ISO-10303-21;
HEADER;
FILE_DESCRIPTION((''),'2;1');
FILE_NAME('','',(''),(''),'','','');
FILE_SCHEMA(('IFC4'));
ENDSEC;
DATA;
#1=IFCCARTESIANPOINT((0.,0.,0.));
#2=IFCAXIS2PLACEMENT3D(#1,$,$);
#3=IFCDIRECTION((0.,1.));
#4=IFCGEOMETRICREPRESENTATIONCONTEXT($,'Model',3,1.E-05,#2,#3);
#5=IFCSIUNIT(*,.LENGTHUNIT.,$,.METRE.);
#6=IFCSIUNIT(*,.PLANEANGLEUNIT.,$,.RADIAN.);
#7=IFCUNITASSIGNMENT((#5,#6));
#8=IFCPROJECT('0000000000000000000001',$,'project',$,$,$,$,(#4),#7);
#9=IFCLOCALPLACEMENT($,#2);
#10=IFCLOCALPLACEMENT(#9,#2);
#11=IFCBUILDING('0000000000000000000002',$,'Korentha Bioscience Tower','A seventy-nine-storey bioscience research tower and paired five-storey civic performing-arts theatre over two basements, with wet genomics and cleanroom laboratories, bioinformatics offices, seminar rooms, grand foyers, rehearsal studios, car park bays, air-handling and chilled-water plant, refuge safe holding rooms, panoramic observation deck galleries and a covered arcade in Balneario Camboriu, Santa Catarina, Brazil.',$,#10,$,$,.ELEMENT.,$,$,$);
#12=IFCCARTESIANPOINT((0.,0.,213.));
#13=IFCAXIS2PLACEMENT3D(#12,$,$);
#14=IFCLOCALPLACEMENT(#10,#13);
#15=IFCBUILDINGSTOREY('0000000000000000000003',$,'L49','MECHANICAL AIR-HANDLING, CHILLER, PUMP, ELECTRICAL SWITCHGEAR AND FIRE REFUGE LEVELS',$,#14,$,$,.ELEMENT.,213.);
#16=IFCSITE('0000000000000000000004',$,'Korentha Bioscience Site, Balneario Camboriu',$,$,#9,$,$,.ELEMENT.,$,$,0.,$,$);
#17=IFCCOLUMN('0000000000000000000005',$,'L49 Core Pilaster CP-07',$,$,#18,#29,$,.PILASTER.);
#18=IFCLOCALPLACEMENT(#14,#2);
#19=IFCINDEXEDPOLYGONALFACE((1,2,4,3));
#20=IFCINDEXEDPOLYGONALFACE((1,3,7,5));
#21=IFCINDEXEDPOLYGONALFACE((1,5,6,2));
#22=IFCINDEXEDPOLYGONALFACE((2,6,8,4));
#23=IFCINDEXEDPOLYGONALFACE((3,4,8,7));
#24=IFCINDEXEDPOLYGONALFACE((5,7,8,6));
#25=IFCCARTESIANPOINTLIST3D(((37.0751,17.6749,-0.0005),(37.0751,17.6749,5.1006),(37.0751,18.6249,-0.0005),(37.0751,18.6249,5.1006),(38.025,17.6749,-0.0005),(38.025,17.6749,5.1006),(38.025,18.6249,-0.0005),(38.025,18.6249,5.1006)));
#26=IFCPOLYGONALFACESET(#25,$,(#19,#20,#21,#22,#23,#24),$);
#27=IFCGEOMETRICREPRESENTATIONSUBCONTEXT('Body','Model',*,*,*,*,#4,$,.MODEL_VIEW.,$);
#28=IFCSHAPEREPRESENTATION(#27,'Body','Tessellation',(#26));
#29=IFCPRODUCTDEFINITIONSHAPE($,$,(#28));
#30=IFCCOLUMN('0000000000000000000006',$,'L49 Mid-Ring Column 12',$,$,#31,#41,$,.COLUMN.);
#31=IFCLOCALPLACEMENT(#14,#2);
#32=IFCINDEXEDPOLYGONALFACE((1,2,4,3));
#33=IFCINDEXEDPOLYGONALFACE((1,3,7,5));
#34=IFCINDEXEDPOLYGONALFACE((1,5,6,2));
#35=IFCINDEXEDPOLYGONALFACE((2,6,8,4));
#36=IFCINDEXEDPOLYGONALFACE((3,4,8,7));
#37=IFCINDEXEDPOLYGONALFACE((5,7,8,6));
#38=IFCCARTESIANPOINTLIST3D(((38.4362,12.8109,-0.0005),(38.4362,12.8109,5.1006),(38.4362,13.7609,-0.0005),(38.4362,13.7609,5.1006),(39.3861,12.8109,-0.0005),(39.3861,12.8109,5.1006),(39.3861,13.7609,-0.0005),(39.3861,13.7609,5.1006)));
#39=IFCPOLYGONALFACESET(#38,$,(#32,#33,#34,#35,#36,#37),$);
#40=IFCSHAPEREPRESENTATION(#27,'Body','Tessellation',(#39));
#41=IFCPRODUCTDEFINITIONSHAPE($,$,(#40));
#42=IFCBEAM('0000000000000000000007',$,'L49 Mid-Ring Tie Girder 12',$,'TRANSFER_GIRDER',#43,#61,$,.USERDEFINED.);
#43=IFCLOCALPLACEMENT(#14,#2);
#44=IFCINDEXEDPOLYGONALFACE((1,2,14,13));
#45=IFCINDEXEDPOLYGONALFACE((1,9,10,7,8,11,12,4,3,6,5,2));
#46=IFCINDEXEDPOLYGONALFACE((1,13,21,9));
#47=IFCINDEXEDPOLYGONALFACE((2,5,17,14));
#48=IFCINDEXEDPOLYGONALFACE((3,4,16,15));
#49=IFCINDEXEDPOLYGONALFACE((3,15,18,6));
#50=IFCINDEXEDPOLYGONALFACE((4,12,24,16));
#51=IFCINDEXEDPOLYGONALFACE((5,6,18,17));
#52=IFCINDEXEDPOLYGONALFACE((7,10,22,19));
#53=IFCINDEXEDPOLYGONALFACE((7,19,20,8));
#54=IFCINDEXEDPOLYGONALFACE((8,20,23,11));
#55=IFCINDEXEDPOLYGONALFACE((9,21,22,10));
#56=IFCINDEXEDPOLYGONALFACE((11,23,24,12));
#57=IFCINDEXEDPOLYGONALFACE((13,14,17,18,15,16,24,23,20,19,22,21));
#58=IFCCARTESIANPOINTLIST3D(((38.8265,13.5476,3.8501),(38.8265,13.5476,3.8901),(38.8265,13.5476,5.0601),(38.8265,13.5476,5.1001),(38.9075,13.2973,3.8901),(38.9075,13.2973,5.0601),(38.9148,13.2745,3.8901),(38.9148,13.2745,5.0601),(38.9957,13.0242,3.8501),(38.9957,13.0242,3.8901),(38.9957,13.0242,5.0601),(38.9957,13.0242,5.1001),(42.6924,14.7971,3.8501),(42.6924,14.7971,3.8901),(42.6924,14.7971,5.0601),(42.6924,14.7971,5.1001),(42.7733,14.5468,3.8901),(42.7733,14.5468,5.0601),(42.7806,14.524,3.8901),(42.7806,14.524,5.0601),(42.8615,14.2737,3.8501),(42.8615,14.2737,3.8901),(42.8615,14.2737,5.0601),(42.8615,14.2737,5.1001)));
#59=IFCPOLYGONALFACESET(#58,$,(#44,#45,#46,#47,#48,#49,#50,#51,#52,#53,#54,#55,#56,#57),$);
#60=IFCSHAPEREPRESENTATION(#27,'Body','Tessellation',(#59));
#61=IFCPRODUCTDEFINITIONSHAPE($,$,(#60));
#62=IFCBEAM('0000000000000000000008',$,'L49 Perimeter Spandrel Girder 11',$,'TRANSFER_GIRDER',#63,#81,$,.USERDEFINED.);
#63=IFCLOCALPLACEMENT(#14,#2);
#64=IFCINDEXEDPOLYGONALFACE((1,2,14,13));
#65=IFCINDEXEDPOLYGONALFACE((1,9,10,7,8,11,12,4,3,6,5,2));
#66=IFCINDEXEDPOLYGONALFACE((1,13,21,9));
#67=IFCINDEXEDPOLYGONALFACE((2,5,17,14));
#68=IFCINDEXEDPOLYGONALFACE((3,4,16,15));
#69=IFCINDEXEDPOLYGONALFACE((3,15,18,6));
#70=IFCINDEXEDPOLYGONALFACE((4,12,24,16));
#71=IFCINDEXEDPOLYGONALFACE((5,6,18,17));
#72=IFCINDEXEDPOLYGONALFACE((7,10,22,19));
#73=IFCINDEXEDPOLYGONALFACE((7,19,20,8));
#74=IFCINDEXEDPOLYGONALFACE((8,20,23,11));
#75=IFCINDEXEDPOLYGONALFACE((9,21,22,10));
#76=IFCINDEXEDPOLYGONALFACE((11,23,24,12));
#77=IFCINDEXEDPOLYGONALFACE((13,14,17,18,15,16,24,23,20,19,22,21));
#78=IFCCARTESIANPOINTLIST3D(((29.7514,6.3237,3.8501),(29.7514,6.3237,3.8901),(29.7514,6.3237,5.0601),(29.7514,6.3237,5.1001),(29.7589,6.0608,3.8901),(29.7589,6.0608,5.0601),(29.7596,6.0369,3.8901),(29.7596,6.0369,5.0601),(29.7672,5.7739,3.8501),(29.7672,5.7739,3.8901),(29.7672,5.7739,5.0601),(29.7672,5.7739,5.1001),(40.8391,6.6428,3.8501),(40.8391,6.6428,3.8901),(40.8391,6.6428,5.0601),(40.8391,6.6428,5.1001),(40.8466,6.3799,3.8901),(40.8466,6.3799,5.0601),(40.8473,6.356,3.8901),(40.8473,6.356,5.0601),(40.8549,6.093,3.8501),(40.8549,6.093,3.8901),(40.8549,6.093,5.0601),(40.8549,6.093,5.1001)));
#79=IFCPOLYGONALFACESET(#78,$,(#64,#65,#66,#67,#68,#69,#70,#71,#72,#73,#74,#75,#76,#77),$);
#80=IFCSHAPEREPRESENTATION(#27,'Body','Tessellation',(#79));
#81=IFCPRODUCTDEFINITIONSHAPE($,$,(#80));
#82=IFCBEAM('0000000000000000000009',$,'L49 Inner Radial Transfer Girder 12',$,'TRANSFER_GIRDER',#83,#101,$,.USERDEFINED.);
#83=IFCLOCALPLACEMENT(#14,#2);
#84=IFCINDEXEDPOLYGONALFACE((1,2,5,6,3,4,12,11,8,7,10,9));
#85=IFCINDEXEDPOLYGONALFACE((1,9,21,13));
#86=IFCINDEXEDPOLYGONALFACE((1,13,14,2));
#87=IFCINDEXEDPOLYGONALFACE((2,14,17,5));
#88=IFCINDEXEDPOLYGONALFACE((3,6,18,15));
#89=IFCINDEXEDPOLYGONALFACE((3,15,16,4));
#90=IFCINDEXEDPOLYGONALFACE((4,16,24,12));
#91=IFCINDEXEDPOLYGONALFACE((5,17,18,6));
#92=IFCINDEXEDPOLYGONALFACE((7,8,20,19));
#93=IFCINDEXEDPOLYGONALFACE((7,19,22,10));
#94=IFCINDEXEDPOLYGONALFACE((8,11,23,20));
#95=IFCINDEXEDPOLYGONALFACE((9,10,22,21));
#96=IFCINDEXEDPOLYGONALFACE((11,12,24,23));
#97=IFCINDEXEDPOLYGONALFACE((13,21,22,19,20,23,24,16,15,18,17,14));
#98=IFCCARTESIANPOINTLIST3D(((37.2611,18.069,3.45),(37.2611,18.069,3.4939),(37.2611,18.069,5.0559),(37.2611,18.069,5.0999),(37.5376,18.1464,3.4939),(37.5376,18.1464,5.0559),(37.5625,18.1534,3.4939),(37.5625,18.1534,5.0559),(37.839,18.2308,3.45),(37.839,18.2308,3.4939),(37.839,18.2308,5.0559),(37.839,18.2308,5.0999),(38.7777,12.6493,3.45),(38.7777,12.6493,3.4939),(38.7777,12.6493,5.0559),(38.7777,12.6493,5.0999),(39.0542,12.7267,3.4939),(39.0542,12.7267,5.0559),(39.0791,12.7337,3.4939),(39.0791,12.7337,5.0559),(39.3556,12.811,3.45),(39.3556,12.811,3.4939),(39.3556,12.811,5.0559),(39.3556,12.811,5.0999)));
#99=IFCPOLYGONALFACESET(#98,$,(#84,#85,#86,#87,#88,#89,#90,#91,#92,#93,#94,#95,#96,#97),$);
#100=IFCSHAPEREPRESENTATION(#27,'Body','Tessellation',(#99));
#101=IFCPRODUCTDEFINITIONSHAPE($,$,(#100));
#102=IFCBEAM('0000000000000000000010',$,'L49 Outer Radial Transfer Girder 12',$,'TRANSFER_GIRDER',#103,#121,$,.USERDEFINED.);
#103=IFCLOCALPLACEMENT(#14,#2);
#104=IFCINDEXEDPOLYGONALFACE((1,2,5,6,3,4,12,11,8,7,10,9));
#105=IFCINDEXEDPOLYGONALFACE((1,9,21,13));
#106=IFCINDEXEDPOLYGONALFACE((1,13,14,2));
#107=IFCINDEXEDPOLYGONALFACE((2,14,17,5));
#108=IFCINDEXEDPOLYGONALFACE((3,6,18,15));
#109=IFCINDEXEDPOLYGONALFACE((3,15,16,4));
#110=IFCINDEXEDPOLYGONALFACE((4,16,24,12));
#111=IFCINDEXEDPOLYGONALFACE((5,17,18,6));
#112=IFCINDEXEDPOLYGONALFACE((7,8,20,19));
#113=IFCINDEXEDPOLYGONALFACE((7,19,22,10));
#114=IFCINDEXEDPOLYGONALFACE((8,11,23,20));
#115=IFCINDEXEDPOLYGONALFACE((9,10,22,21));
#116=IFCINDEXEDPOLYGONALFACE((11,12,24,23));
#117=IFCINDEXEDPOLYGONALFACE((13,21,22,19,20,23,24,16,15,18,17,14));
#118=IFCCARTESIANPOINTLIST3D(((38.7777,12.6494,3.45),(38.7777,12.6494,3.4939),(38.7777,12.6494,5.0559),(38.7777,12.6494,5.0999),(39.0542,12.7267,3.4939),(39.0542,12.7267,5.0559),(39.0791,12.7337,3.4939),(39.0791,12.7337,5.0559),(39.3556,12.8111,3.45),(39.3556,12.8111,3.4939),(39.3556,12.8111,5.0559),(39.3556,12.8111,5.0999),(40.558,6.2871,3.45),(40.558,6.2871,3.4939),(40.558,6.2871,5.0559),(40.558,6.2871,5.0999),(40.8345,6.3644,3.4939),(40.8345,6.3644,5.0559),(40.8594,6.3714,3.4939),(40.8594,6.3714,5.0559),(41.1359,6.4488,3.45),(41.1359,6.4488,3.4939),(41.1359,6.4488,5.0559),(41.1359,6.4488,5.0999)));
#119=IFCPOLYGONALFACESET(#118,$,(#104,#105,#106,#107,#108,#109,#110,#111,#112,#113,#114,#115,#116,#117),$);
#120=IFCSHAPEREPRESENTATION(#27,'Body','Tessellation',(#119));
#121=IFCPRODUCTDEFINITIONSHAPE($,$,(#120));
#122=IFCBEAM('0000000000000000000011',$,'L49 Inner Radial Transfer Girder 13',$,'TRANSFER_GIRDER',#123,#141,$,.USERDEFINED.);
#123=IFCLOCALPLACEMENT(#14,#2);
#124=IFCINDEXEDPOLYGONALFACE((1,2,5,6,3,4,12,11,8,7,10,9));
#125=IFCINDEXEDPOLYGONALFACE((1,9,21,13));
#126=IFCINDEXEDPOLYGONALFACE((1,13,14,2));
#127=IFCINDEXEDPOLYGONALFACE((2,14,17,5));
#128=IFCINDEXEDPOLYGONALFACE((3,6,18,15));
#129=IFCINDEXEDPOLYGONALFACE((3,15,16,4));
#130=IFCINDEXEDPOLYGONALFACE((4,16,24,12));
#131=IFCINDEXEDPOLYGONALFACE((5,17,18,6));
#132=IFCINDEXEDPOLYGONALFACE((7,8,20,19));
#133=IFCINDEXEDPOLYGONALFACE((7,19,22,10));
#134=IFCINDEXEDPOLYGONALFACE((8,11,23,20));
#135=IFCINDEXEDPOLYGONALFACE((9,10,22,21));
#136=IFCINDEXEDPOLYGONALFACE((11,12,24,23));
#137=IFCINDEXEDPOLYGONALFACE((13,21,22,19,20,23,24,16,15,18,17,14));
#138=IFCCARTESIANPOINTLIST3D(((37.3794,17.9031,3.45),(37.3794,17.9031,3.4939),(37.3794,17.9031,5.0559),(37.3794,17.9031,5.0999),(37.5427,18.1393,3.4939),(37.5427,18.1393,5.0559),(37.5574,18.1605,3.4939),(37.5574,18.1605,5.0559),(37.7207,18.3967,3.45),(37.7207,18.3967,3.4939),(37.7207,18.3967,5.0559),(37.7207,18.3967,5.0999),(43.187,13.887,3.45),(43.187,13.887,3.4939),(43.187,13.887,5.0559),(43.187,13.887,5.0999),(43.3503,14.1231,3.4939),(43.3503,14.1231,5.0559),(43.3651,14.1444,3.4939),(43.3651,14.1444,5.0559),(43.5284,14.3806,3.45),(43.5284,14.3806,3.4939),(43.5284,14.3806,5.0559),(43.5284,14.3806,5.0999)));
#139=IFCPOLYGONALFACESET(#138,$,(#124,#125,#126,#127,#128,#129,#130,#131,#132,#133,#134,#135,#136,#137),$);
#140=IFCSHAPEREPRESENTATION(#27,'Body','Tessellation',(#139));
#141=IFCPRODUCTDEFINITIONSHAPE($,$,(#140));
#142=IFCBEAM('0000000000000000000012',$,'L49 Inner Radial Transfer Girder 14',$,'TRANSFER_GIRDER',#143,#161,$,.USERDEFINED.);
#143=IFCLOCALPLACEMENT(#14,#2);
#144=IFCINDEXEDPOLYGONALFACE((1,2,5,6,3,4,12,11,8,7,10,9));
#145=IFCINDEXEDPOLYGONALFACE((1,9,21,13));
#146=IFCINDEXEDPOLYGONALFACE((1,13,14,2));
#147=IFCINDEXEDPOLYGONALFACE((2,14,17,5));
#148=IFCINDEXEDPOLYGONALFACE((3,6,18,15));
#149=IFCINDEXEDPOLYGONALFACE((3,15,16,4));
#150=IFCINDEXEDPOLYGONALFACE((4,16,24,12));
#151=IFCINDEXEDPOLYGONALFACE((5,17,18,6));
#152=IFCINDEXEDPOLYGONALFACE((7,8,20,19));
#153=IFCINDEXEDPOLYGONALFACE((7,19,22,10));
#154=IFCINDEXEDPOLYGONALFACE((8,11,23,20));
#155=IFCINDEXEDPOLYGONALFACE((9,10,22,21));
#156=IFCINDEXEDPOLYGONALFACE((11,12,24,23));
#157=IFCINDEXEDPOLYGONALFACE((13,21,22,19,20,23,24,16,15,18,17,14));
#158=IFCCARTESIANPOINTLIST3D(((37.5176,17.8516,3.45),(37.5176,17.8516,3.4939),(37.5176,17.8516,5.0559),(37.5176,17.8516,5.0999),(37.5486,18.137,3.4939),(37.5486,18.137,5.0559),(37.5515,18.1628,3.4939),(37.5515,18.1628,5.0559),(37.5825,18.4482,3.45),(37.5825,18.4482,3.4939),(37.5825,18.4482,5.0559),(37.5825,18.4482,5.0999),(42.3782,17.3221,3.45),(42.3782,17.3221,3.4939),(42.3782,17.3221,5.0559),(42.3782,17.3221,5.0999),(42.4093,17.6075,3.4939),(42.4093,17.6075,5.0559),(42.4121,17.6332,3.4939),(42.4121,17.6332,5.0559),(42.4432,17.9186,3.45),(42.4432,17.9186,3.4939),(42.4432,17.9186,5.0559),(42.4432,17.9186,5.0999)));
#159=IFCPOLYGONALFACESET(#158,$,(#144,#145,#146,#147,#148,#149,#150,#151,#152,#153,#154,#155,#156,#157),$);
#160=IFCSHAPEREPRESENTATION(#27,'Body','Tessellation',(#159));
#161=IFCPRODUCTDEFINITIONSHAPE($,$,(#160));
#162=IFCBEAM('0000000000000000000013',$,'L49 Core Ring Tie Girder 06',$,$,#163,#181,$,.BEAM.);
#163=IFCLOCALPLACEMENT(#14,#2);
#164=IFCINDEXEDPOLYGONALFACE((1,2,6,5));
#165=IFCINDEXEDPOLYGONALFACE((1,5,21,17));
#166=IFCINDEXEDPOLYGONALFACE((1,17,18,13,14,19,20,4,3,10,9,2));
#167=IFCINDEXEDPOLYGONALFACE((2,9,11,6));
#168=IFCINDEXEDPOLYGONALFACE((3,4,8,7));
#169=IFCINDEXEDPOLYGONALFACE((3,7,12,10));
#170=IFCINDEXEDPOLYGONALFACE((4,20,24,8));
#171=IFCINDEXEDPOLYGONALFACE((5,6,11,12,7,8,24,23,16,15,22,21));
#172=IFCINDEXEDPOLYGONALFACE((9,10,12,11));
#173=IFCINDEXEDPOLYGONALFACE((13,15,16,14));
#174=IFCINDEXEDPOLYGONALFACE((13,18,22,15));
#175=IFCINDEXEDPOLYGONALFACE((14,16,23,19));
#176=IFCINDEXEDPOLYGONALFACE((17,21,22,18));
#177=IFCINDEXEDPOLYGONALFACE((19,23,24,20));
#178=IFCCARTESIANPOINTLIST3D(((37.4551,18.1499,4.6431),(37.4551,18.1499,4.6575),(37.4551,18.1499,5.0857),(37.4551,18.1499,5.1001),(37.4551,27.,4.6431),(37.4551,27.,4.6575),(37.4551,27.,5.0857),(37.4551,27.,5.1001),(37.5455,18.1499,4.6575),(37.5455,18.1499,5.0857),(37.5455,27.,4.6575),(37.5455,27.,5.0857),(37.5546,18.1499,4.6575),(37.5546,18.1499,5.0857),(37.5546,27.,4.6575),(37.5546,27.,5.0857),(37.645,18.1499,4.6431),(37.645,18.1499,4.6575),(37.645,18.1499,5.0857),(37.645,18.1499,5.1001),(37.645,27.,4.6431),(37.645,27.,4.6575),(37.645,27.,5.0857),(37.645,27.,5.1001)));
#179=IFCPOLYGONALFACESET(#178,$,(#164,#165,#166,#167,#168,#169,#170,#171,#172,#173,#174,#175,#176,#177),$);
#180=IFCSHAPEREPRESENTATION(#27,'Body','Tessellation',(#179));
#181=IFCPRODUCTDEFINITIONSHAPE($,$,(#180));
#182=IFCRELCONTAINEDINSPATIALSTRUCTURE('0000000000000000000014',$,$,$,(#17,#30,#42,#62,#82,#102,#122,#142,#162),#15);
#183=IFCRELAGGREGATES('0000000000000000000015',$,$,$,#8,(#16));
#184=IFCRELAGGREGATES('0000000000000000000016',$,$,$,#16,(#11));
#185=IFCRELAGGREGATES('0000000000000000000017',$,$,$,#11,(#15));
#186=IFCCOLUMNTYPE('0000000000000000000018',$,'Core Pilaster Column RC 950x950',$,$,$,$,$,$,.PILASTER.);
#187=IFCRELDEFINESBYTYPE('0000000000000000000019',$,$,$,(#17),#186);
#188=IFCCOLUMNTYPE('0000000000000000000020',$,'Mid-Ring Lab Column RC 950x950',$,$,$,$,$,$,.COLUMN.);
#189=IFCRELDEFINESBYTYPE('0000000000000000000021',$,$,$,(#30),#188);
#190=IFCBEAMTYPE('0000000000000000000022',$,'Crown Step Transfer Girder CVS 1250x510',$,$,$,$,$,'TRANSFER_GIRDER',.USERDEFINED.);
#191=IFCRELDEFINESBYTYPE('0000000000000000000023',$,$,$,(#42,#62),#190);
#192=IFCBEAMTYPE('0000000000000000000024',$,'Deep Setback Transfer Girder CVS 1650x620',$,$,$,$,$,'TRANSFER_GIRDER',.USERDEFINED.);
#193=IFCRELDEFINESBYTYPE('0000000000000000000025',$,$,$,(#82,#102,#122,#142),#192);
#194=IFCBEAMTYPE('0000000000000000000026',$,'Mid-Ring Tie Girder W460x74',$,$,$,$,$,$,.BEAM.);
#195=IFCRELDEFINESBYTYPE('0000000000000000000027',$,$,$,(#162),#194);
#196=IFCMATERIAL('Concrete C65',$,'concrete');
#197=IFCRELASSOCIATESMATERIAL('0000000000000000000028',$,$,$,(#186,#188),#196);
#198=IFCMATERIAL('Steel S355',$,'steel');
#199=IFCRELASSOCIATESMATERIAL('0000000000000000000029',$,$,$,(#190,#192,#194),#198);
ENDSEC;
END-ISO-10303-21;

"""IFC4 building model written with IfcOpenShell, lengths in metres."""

from ifc_helpers import new_model, si_unit, direction, frame, origin, origin_2d, place, context, subcontext, project, spatial, rectangle, i_section, extrude, material, material_profile, profile_set, type_object, element, save


model = new_model("IFC4")

# Units and contexts
model_context = context("Model", 3, precision=1e-05, world=origin(), true_north=direction((0.0, 1.0)))
body_context = subcontext(model_context, "Body", "Model", "MODEL_VIEW")
ifc_project = project(units=[si_unit("LENGTHUNIT", "METRE"), si_unit("PLANEANGLEUNIT", "RADIAN")], contexts=[model_context])

# Site, building, storey
site_placement = place(None, origin())
site = spatial("IfcSite", under=ifc_project, at=site_placement, Name="Korentha Bioscience Site, Balneario Camboriu", CompositionType="ELEMENT", RefElevation=0.0)
building_placement = place(site_placement, origin())
building = spatial("IfcBuilding", under=site, at=building_placement, Name="Korentha Bioscience Tower", Description="A seventy-nine-storey bioscience research tower and paired five-storey civic performing-arts theatre over two basements, with wet genomics and cleanroom laboratories, bioinformatics offices, seminar rooms, grand foyers, rehearsal studios, car park bays, air-handling and chilled-water plant, refuge safe holding rooms, panoramic observation deck galleries and a covered arcade in Balneario Camboriu, Santa Catarina, Brazil.", CompositionType="ELEMENT")
storey_placement = place(building_placement, frame((0.0, 0.0, 213.0)))
storey = spatial("IfcBuildingStorey", under=building, at=storey_placement, Name="L49", Description="MECHANICAL AIR-HANDLING, CHILLER, PUMP, ELECTRICAL SWITCHGEAR AND FIRE REFUGE LEVELS", CompositionType="ELEMENT", Elevation=213.0)

# Columns
ifc_material_1 = material(Name="Concrete C65", Category="concrete")
ifc_material_profile_1 = material_profile(ifc_material_1, rectangle(XDim=0.95, YDim=0.95, at=origin_2d()), Name="Concrete C65")
ifc_profile_set_1 = profile_set([ifc_material_profile_1], Name="Concrete C65 (COL-CP09)")
column_type_1 = type_object("IfcColumnType", Name="Core Pilaster Column RC 950x950", PredefinedType="PILASTER", material=ifc_profile_set_1)
column_1_placement = place(storey_placement, frame((37.55, 18.1499, -0.0005), z_axis=(0.0, 0.0, 1.0), x_axis=(1.0, 0.0, 0.0)))
element("IfcColumn", 1, at=column_1_placement, inside=storey, type_object=column_type_1, Name="L49 Core Pilaster CP-07", PredefinedType="PILASTER", context=body_context, shape_type="SweptSolid", body=[
    extrude(rectangle(XDim=0.95, YDim=0.95, at=origin_2d()), origin(), (0.0, 0.0, 1.0), 5.1011),
])
ifc_material_profile_2 = material_profile(ifc_material_1, rectangle(XDim=0.95, YDim=0.95, at=origin_2d()), Name="Concrete C65")
ifc_profile_set_2 = profile_set([ifc_material_profile_2], Name="Concrete C65 (COL-MR09)")
column_type_2 = type_object("IfcColumnType", Name="Mid-Ring Lab Column RC 950x950", PredefinedType="COLUMN", material=ifc_profile_set_2)
column_2_placement = place(storey_placement, frame((38.9111, 13.2859, -0.0005), z_axis=(0.0, 0.0, 1.0), x_axis=(1.0, 0.0, 0.0)))
element("IfcColumn", 2, at=column_2_placement, inside=storey, type_object=column_type_2, Name="L49 Mid-Ring Column 12", PredefinedType="COLUMN", context=body_context, shape_type="SweptSolid", body=[
    extrude(rectangle(XDim=0.95, YDim=0.95, at=origin_2d()), origin(), (0.0, 0.0, 1.0), 5.1011),
])

# Beams
ifc_material_2 = material(Name="Steel S355", Category="steel")
ifc_material_profile_3 = material_profile(ifc_material_2, i_section(OverallWidth=0.55, OverallDepth=1.25, WebThickness=0.0239, FlangeThickness=0.04, at=origin_2d()), Name="Steel S355")
ifc_profile_set_3 = profile_set([ifc_material_profile_3], Name="Steel S355 (TG-03)")
beam_type_1 = type_object("IfcBeamType", Name="Crown Step Transfer Girder CVS 1250x510", ElementType="TRANSFER_GIRDER", PredefinedType="USERDEFINED", material=ifc_profile_set_3)
beam_1_placement = place(storey_placement, frame((38.9111, 13.2859, 4.4751), z_axis=(0.951528, 0.307561, 0.0), x_axis=(-0.307561, 0.951528, 0.0)))
element("IfcBeam", 3, at=beam_1_placement, inside=storey, type_object=beam_type_1, Name="L49 Mid-Ring Tie Girder 12", ObjectType="TRANSFER_GIRDER", PredefinedType="USERDEFINED", context=body_context, shape_type="SweptSolid", body=[
    extrude(i_section(OverallWidth=0.55, OverallDepth=1.25, WebThickness=0.0239, FlangeThickness=0.04, at=origin_2d()), origin(), (0.0, 0.0, 1.0), 4.0627),
])
beam_2_placement = place(storey_placement, frame((29.7593, 6.0488, 4.4751), z_axis=(0.999586, 0.028767, 0.0), x_axis=(-0.028767, 0.999586, 0.0)))
element("IfcBeam", 4, at=beam_2_placement, inside=storey, type_object=beam_type_1, Name="L49 Perimeter Spandrel Girder 11", ObjectType="TRANSFER_GIRDER", PredefinedType="USERDEFINED", context=body_context, shape_type="SweptSolid", body=[
    extrude(i_section(OverallWidth=0.55, OverallDepth=1.25, WebThickness=0.0239, FlangeThickness=0.04, at=origin_2d()), origin(), (0.0, 0.0, 1.0), 11.0923),
])
ifc_material_profile_4 = material_profile(ifc_material_2, i_section(OverallWidth=0.6001, OverallDepth=1.6499, WebThickness=0.0259, FlangeThickness=0.0439, at=origin_2d()), Name="Steel S355")
ifc_profile_set_4 = profile_set([ifc_material_profile_4], Name="Steel S355 (TG-04)")
beam_type_2 = type_object("IfcBeamType", Name="Deep Setback Transfer Girder CVS 1650x620", ElementType="TRANSFER_GIRDER", PredefinedType="USERDEFINED", material=ifc_profile_set_4)
beam_3_placement = place(storey_placement, frame((37.55, 18.1499, 4.2749), z_axis=(0.26948, -0.963006, 0.0), x_axis=(0.963006, 0.26948, 0.0)))
element("IfcBeam", 5, at=beam_3_placement, inside=storey, type_object=beam_type_2, Name="L49 Inner Radial Transfer Girder 12", ObjectType="TRANSFER_GIRDER", PredefinedType="USERDEFINED", context=body_context, shape_type="SweptSolid", body=[
    extrude(i_section(OverallWidth=0.6001, OverallDepth=1.6499, WebThickness=0.0259, FlangeThickness=0.0439, at=origin_2d()), origin(), (0.0, 0.0, 1.0), 5.6279),
])
beam_4_placement = place(storey_placement, frame((39.0667, 12.7302, 4.2749), z_axis=(0.269465, -0.96301, 0.0), x_axis=(0.96301, 0.269465, 0.0)))
element("IfcBeam", 6, at=beam_4_placement, inside=storey, type_object=beam_type_2, Name="L49 Outer Radial Transfer Girder 12", ObjectType="TRANSFER_GIRDER", PredefinedType="USERDEFINED", context=body_context, shape_type="SweptSolid", body=[
    extrude(i_section(OverallWidth=0.6001, OverallDepth=1.6499, WebThickness=0.0259, FlangeThickness=0.0439, at=origin_2d()), origin(), (0.0, 0.0, 1.0), 6.6067),
])
beam_5_placement = place(storey_placement, frame((37.55, 18.1499, 4.2749), z_axis=(0.822493, -0.568775, 0.0), x_axis=(0.568775, 0.822493, 0.0)))
element("IfcBeam", 7, at=beam_5_placement, inside=storey, type_object=beam_type_2, Name="L49 Inner Radial Transfer Girder 13", ObjectType="TRANSFER_GIRDER", PredefinedType="USERDEFINED", context=body_context, shape_type="SweptSolid", body=[
    extrude(i_section(OverallWidth=0.6001, OverallDepth=1.6499, WebThickness=0.0259, FlangeThickness=0.0439, at=origin_2d()), origin(), (0.0, 0.0, 1.0), 7.061),
])
beam_6_placement = place(storey_placement, frame((37.55, 18.1499, 4.2749), z_axis=(0.994118, -0.108305, 0.0), x_axis=(0.108305, 0.994118, 0.0)))
element("IfcBeam", 8, at=beam_6_placement, inside=storey, type_object=beam_type_2, Name="L49 Inner Radial Transfer Girder 14", ObjectType="TRANSFER_GIRDER", PredefinedType="USERDEFINED", context=body_context, shape_type="SweptSolid", body=[
    extrude(i_section(OverallWidth=0.6001, OverallDepth=1.6499, WebThickness=0.0259, FlangeThickness=0.0439, at=origin_2d()), origin(), (0.0, 0.0, 1.0), 4.8894),
])
ifc_material_profile_5 = material_profile(ifc_material_2, i_section(OverallWidth=0.1899, OverallDepth=0.457, WebThickness=0.009, FlangeThickness=0.0144, at=origin_2d()), Name="Steel S355")
ifc_profile_set_5 = profile_set([ifc_material_profile_5], Name="Steel S355 (MB-460)")
beam_type_3 = type_object("IfcBeamType", Name="Mid-Ring Tie Girder W460x74", PredefinedType="BEAM", material=ifc_profile_set_5)
beam_7_placement = place(storey_placement, frame((37.55, 18.1499, 4.8716), z_axis=(0.0, 1.0, 0.0), x_axis=(-1.0, 0.0, 0.0)))
element("IfcBeam", 9, at=beam_7_placement, inside=storey, type_object=beam_type_3, Name="L49 Core Ring Tie Girder 06", PredefinedType="BEAM", context=body_context, shape_type="SweptSolid", body=[
    extrude(i_section(OverallWidth=0.1899, OverallDepth=0.457, WebThickness=0.009, FlangeThickness=0.0144, at=origin_2d()), origin(), (0.0, 0.0, 1.0), 8.8501),
])

save(model, "model.ifc")
